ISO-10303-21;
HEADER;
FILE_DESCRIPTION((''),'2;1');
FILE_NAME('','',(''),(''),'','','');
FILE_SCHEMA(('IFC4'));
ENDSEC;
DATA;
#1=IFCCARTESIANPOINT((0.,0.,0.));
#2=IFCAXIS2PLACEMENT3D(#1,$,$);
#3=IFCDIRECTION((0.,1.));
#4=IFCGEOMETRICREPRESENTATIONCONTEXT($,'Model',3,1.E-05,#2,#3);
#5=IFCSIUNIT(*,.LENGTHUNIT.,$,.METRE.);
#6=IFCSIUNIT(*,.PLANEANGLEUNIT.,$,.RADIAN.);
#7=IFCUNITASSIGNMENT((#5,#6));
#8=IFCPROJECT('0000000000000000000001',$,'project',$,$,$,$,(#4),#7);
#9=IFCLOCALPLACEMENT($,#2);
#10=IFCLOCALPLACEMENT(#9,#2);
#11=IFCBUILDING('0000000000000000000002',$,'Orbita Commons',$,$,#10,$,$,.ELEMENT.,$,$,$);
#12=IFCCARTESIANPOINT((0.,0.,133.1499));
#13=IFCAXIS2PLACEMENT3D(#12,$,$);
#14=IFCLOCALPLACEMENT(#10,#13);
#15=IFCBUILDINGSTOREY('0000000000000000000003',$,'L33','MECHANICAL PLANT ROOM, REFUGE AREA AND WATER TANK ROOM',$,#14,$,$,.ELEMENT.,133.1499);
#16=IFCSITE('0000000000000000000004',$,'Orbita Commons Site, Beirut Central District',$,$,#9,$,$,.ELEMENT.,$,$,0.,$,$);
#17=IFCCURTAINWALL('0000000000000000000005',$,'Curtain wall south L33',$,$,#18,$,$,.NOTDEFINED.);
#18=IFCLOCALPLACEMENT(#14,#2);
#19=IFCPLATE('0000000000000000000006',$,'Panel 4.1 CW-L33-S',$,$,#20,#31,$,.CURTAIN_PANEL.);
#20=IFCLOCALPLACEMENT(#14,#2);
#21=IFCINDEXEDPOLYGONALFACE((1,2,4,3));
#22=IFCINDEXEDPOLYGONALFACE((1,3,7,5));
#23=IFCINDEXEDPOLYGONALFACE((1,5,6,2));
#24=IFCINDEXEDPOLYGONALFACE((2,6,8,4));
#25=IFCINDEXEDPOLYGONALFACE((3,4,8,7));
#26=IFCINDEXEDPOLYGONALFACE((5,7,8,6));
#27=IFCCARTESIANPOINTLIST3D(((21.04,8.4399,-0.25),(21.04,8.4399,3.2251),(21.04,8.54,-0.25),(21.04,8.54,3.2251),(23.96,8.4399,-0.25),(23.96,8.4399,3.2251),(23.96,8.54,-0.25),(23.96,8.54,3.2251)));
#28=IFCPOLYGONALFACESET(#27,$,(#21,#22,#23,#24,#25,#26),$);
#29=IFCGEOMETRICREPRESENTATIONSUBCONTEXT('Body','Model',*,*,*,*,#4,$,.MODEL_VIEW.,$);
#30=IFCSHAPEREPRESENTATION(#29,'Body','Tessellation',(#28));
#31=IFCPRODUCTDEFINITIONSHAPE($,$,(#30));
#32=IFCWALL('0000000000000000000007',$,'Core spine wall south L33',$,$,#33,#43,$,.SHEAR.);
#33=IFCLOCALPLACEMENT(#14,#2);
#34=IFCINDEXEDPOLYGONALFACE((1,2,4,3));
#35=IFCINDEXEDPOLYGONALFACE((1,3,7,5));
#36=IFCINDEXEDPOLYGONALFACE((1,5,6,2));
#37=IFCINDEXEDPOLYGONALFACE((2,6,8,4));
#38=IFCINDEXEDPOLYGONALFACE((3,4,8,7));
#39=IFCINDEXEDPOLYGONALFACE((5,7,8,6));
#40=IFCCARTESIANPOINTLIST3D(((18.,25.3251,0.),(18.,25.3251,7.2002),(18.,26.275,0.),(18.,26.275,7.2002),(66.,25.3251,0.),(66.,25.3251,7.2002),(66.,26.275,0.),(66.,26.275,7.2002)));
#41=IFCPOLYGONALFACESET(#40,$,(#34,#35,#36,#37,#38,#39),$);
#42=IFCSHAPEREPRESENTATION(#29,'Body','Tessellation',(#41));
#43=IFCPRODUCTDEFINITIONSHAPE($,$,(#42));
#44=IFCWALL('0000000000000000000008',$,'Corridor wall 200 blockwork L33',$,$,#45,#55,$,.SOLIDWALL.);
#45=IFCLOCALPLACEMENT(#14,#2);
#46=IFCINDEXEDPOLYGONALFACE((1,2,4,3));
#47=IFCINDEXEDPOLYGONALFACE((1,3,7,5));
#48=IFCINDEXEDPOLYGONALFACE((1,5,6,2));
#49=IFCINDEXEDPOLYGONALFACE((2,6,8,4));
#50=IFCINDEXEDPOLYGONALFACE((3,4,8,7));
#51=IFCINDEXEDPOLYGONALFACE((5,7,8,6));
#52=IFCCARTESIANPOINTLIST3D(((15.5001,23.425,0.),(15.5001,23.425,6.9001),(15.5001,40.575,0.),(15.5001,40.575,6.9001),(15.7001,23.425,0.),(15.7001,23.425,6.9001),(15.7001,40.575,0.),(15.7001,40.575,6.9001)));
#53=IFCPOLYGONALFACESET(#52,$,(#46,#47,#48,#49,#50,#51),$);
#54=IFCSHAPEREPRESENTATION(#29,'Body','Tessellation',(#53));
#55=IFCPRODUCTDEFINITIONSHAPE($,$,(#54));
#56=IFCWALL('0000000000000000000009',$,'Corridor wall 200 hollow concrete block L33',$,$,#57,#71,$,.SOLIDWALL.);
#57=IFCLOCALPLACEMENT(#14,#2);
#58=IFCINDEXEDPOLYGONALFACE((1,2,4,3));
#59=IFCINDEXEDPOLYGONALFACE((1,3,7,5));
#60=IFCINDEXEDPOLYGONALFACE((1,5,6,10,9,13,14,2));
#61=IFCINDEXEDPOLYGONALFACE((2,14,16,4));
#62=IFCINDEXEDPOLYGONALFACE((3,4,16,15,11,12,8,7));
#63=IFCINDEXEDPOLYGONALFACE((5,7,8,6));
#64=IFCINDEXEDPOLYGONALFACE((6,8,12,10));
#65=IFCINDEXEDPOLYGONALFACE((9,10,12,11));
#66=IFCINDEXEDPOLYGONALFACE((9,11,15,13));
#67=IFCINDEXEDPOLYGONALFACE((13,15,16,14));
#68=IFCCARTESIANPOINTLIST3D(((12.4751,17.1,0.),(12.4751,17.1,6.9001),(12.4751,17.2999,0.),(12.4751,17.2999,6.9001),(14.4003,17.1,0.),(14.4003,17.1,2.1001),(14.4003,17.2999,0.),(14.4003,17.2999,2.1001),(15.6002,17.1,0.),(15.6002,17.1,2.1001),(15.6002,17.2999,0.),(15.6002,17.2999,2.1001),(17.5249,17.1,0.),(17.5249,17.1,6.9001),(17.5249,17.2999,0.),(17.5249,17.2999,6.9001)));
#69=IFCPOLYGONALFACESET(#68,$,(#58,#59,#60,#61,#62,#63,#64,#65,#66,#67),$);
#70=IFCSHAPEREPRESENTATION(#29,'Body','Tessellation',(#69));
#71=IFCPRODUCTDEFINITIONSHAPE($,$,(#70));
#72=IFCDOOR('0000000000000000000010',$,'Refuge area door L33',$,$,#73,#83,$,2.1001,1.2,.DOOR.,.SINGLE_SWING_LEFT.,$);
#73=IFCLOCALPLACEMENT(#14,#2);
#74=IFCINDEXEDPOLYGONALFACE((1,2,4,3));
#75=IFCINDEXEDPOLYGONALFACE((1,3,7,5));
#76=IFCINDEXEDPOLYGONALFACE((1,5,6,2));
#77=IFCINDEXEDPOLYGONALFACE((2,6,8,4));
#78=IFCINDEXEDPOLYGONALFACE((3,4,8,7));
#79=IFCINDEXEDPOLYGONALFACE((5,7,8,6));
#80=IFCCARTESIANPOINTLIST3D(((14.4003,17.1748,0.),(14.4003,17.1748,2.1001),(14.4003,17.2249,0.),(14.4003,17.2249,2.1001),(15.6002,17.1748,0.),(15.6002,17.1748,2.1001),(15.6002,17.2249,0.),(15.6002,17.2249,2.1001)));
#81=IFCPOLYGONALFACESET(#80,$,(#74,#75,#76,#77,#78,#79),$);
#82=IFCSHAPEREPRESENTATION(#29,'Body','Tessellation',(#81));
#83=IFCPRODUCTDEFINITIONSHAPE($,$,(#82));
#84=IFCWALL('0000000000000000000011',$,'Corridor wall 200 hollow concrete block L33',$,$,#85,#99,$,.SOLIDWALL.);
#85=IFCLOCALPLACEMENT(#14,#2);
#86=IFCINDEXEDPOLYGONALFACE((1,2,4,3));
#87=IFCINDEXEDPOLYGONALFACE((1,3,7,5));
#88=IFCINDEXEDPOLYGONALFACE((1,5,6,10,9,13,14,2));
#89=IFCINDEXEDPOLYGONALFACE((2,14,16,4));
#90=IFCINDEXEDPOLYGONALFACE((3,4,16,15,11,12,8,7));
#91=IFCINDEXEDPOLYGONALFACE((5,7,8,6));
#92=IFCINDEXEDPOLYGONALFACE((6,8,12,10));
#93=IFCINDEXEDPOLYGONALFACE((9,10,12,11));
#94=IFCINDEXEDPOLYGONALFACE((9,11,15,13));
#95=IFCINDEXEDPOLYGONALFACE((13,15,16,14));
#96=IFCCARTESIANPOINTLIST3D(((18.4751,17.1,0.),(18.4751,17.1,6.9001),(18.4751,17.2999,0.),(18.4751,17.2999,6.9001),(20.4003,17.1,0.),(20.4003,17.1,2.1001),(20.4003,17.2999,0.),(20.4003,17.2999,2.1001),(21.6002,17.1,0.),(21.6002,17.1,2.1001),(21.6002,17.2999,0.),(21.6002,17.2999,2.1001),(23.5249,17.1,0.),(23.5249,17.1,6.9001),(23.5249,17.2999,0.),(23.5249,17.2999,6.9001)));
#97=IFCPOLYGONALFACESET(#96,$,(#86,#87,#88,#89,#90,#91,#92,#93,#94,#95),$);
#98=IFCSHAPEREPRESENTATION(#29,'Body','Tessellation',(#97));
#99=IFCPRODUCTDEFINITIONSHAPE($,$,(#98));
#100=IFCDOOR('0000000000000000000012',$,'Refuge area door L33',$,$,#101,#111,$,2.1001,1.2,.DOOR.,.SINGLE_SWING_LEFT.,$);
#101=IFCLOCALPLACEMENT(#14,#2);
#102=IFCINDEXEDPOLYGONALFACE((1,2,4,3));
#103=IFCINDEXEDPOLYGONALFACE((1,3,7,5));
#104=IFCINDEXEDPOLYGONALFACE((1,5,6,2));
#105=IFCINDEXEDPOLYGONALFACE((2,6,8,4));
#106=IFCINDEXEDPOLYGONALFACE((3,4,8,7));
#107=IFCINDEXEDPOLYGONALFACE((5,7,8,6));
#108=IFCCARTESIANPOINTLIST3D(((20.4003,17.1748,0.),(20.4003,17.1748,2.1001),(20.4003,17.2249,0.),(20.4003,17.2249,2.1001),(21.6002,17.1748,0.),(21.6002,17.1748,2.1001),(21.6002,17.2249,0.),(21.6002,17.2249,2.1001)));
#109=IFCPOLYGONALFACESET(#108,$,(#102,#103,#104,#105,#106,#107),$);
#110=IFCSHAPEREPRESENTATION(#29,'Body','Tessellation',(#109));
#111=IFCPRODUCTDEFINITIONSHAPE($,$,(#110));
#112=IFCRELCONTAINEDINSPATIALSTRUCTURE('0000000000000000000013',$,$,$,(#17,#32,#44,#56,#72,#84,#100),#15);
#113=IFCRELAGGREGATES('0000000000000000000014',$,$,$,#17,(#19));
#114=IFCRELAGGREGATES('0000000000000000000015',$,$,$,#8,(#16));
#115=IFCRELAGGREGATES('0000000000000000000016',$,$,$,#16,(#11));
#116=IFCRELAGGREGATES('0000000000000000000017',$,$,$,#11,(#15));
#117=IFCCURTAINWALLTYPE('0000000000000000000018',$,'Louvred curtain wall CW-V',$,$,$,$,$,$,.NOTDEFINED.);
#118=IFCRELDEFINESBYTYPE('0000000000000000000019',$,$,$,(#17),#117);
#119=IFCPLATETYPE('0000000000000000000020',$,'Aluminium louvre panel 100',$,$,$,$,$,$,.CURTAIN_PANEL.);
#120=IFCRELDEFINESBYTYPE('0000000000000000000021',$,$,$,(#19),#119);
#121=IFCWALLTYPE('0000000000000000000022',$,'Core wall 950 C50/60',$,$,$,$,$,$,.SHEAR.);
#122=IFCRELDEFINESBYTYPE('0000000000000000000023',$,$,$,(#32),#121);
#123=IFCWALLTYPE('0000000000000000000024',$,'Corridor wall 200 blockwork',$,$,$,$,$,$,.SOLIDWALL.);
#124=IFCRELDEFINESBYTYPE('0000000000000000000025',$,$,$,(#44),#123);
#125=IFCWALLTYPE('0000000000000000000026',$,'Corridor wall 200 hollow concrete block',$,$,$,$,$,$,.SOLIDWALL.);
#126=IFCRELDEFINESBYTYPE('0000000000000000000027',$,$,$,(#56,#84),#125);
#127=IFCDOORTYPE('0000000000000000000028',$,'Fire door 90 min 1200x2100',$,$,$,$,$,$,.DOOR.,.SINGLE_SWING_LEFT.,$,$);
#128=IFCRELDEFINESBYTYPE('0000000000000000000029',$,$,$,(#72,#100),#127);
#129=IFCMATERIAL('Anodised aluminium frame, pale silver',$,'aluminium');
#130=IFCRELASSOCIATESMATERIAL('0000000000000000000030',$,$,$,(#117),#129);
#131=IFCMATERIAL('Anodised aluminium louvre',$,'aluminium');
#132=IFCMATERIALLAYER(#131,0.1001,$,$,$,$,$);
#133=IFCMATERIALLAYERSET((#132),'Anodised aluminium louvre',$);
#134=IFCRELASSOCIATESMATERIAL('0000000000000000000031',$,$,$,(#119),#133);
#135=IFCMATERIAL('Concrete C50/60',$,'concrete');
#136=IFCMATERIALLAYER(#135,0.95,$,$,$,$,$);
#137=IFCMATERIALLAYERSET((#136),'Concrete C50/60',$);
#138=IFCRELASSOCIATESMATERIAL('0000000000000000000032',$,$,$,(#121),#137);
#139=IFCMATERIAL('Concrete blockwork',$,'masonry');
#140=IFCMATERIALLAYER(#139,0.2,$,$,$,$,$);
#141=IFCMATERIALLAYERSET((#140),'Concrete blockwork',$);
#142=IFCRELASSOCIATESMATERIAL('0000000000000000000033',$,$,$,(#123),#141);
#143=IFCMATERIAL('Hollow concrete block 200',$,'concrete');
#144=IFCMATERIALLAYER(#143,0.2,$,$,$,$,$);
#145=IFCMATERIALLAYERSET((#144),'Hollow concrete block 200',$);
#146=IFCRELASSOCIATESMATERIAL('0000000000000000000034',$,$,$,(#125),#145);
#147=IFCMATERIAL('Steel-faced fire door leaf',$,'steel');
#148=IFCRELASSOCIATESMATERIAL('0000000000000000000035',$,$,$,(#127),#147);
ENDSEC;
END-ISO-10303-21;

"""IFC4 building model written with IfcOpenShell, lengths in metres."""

from ifc_helpers import new_model, si_unit, direction, frame, frame_2d, origin, origin_2d, place, context, subcontext, project, spatial, rectangle, extrude, material, layer, layer_set, type_object, element, fill, aggregate, save


model = new_model("IFC4")

# Units and contexts
model_context = context("Model", 3, precision=1e-05, world=origin(), true_north=direction((0.0, 1.0)))
body_context = subcontext(model_context, "Body", "Model", "MODEL_VIEW")
ifc_project = project(units=[si_unit("LENGTHUNIT", "METRE"), si_unit("PLANEANGLEUNIT", "RADIAN")], contexts=[model_context])

# Site, building, storey
site_placement = place(None, origin())
site = spatial("IfcSite", under=ifc_project, at=site_placement, Name="Orbita Commons Site, Beirut Central District", CompositionType="ELEMENT", RefElevation=0.0)
building_placement = place(site_placement, origin())
building = spatial("IfcBuilding", under=site, at=building_placement, Name="Orbita Commons", CompositionType="ELEMENT")
storey_placement = place(building_placement, frame((0.0, 0.0, 133.1499)))
storey = spatial("IfcBuildingStorey", under=building, at=storey_placement, Name="L33", Description="MECHANICAL PLANT ROOM, REFUGE AREA AND WATER TANK ROOM", CompositionType="ELEMENT", Elevation=133.1499)

# Curtain wall
ifc_material_1 = material(Name="Anodised aluminium frame, pale silver", Category="aluminium")
curtain_wall_type = type_object("IfcCurtainWallType", Name="Louvred curtain wall CW-V", PredefinedType="NOTDEFINED", material=ifc_material_1)
curtain_wall_placement = place(storey_placement, origin())
curtain_wall = element("IfcCurtainWall", 1, at=curtain_wall_placement, inside=storey, type_object=curtain_wall_type, Name="Curtain wall south L33", PredefinedType="NOTDEFINED")

# Plate
ifc_material_2 = material(Name="Anodised aluminium louvre", Category="aluminium")
ifc_layer_1 = layer(ifc_material_2, 0.1001)
ifc_layer_set_1 = layer_set([ifc_layer_1], Name="Anodised aluminium louvre")
plate_type = type_object("IfcPlateType", Name="Aluminium louvre panel 100", PredefinedType="CURTAIN_PANEL", material=ifc_layer_set_1)
plate_placement = place(storey_placement, frame((22.5, 8.49, -0.25), z_axis=(0.0, 0.0, 1.0), x_axis=(1.0, 0.0, 0.0)))
plate = element("IfcPlate", 2, at=plate_placement, type_object=plate_type, Name="Panel 4.1 CW-L33-S", PredefinedType="CURTAIN_PANEL", context=body_context, shape_type="SweptSolid", body=[
    extrude(rectangle(XDim=2.9199, YDim=0.1001, at=origin_2d()), origin(), (0.0, 0.0, 1.0), 3.4751),
])
aggregate(curtain_wall, [plate])

# Walls
ifc_material_3 = material(Name="Concrete C50/60", Category="concrete")
ifc_layer_2 = layer(ifc_material_3, 0.95)
ifc_layer_set_2 = layer_set([ifc_layer_2], Name="Concrete C50/60")
wall_type_1 = type_object("IfcWallType", Name="Core wall 950 C50/60", PredefinedType="SHEAR", material=ifc_layer_set_2)
wall_1_placement = place(storey_placement, frame((18.0, 25.8, 0.0), z_axis=(0.0, 0.0, 1.0), x_axis=(1.0, 0.0, 0.0)))
element("IfcWall", 3, at=wall_1_placement, inside=storey, type_object=wall_type_1, Name="Core spine wall south L33", PredefinedType="SHEAR", context=body_context, shape_type="SweptSolid", body=[
    extrude(rectangle(XDim=48.0, YDim=0.95, at=frame_2d((24.0, 0.0))), origin(), (0.0, 0.0, 1.0), 7.2002),
])
ifc_material_4 = material(Name="Concrete blockwork", Category="masonry")
ifc_layer_3 = layer(ifc_material_4, 0.2)
ifc_layer_set_3 = layer_set([ifc_layer_3], Name="Concrete blockwork")
wall_type_2 = type_object("IfcWallType", Name="Corridor wall 200 blockwork", PredefinedType="SOLIDWALL", material=ifc_layer_set_3)
wall_2_placement = place(storey_placement, frame((15.6001, 23.425, 0.0), z_axis=(0.0, 0.0, 1.0), x_axis=(0.0, 1.0, 0.0)))
element("IfcWall", 4, at=wall_2_placement, inside=storey, type_object=wall_type_2, Name="Corridor wall 200 blockwork L33", PredefinedType="SOLIDWALL", context=body_context, shape_type="SweptSolid", body=[
    extrude(rectangle(XDim=17.1499, YDim=0.2, at=frame_2d((8.575, 0.0))), origin(), (0.0, 0.0, 1.0), 6.9001),
])

# Walls, openings, doors
ifc_material_5 = material(Name="Hollow concrete block 200", Category="concrete")
ifc_layer_4 = layer(ifc_material_5, 0.2)
ifc_layer_set_4 = layer_set([ifc_layer_4], Name="Hollow concrete block 200")
wall_type_3 = type_object("IfcWallType", Name="Corridor wall 200 hollow concrete block", PredefinedType="SOLIDWALL", material=ifc_layer_set_4)
wall_3_placement = place(storey_placement, frame((12.4751, 17.2, 0.0), z_axis=(0.0, 0.0, 1.0), x_axis=(1.0, 0.0, 0.0)))
wall_3 = element("IfcWall", 5, at=wall_3_placement, inside=storey, type_object=wall_type_3, Name="Corridor wall 200 hollow concrete block L33", PredefinedType="SOLIDWALL", context=body_context, shape_type="SweptSolid", body=[
    extrude(rectangle(XDim=5.0498, YDim=0.2, at=frame_2d((2.5249, 0.0))), origin(), (0.0, 0.0, 1.0), 6.9001),
])
opening_1_placement = place(wall_3_placement, frame((1.925, 0.0, 0.0)))
opening_1 = element("IfcOpeningElement", 6, at=opening_1_placement, cuts=wall_3, PredefinedType="OPENING", context=body_context, shape_type="SweptSolid", body=[
    extrude(rectangle(XDim=1.2, YDim=2.1001, at=frame_2d((0.6001, 1.05))), frame((0.0, 0.1099, 0.0), z_axis=(0.0, -1.0, 0.0), x_axis=(1.0, 0.0, 0.0)), (0.0, 0.0, 1.0), 0.22),
])
ifc_material_6 = material(Name="Steel-faced fire door leaf", Category="steel")
door_type = type_object("IfcDoorType", Name="Fire door 90 min 1200x2100", OperationType="SINGLE_SWING_LEFT", PredefinedType="DOOR", material=ifc_material_6)
door_1_placement = place(opening_1_placement, origin())
door_1 = element("IfcDoor", 7, at=door_1_placement, inside=storey, type_object=door_type, Name="Refuge area door L33", OperationType="SINGLE_SWING_LEFT", OverallHeight=2.1001, OverallWidth=1.2, PredefinedType="DOOR", context=body_context, shape_type="SweptSolid", body=[
    extrude(rectangle(XDim=1.2, YDim=2.1001, at=frame_2d((0.6001, 1.05))), frame((0.0, 0.0249, 0.0), z_axis=(0.0, -1.0, 0.0), x_axis=(1.0, 0.0, 0.0)), (0.0, 0.0, 1.0), 0.05),
])
fill(opening_1, door_1)
wall_4_placement = place(storey_placement, frame((18.4751, 17.2, 0.0), z_axis=(0.0, 0.0, 1.0), x_axis=(1.0, 0.0, 0.0)))
wall_4 = element("IfcWall", 8, at=wall_4_placement, inside=storey, type_object=wall_type_3, Name="Corridor wall 200 hollow concrete block L33", PredefinedType="SOLIDWALL", context=body_context, shape_type="SweptSolid", body=[
    extrude(rectangle(XDim=5.0498, YDim=0.2, at=frame_2d((2.5249, 0.0))), origin(), (0.0, 0.0, 1.0), 6.9001),
])
opening_2_placement = place(wall_4_placement, frame((1.925, 0.0, 0.0)))
opening_2 = element("IfcOpeningElement", 9, at=opening_2_placement, cuts=wall_4, PredefinedType="OPENING", context=body_context, shape_type="SweptSolid", body=[
    extrude(rectangle(XDim=1.2, YDim=2.1001, at=frame_2d((0.6001, 1.05))), frame((0.0, 0.1099, 0.0), z_axis=(0.0, -1.0, 0.0), x_axis=(1.0, 0.0, 0.0)), (0.0, 0.0, 1.0), 0.22),
])
door_2_placement = place(opening_2_placement, origin())
door_2 = element("IfcDoor", 10, at=door_2_placement, inside=storey, type_object=door_type, Name="Refuge area door L33", OperationType="SINGLE_SWING_LEFT", OverallHeight=2.1001, OverallWidth=1.2, PredefinedType="DOOR", context=body_context, shape_type="SweptSolid", body=[
    extrude(rectangle(XDim=1.2, YDim=2.1001, at=frame_2d((0.6001, 1.05))), frame((0.0, 0.0249, 0.0), z_axis=(0.0, -1.0, 0.0), x_axis=(1.0, 0.0, 0.0)), (0.0, 0.0, 1.0), 0.05),
])
fill(opening_2, door_2)

save(model, "model.ifc")
